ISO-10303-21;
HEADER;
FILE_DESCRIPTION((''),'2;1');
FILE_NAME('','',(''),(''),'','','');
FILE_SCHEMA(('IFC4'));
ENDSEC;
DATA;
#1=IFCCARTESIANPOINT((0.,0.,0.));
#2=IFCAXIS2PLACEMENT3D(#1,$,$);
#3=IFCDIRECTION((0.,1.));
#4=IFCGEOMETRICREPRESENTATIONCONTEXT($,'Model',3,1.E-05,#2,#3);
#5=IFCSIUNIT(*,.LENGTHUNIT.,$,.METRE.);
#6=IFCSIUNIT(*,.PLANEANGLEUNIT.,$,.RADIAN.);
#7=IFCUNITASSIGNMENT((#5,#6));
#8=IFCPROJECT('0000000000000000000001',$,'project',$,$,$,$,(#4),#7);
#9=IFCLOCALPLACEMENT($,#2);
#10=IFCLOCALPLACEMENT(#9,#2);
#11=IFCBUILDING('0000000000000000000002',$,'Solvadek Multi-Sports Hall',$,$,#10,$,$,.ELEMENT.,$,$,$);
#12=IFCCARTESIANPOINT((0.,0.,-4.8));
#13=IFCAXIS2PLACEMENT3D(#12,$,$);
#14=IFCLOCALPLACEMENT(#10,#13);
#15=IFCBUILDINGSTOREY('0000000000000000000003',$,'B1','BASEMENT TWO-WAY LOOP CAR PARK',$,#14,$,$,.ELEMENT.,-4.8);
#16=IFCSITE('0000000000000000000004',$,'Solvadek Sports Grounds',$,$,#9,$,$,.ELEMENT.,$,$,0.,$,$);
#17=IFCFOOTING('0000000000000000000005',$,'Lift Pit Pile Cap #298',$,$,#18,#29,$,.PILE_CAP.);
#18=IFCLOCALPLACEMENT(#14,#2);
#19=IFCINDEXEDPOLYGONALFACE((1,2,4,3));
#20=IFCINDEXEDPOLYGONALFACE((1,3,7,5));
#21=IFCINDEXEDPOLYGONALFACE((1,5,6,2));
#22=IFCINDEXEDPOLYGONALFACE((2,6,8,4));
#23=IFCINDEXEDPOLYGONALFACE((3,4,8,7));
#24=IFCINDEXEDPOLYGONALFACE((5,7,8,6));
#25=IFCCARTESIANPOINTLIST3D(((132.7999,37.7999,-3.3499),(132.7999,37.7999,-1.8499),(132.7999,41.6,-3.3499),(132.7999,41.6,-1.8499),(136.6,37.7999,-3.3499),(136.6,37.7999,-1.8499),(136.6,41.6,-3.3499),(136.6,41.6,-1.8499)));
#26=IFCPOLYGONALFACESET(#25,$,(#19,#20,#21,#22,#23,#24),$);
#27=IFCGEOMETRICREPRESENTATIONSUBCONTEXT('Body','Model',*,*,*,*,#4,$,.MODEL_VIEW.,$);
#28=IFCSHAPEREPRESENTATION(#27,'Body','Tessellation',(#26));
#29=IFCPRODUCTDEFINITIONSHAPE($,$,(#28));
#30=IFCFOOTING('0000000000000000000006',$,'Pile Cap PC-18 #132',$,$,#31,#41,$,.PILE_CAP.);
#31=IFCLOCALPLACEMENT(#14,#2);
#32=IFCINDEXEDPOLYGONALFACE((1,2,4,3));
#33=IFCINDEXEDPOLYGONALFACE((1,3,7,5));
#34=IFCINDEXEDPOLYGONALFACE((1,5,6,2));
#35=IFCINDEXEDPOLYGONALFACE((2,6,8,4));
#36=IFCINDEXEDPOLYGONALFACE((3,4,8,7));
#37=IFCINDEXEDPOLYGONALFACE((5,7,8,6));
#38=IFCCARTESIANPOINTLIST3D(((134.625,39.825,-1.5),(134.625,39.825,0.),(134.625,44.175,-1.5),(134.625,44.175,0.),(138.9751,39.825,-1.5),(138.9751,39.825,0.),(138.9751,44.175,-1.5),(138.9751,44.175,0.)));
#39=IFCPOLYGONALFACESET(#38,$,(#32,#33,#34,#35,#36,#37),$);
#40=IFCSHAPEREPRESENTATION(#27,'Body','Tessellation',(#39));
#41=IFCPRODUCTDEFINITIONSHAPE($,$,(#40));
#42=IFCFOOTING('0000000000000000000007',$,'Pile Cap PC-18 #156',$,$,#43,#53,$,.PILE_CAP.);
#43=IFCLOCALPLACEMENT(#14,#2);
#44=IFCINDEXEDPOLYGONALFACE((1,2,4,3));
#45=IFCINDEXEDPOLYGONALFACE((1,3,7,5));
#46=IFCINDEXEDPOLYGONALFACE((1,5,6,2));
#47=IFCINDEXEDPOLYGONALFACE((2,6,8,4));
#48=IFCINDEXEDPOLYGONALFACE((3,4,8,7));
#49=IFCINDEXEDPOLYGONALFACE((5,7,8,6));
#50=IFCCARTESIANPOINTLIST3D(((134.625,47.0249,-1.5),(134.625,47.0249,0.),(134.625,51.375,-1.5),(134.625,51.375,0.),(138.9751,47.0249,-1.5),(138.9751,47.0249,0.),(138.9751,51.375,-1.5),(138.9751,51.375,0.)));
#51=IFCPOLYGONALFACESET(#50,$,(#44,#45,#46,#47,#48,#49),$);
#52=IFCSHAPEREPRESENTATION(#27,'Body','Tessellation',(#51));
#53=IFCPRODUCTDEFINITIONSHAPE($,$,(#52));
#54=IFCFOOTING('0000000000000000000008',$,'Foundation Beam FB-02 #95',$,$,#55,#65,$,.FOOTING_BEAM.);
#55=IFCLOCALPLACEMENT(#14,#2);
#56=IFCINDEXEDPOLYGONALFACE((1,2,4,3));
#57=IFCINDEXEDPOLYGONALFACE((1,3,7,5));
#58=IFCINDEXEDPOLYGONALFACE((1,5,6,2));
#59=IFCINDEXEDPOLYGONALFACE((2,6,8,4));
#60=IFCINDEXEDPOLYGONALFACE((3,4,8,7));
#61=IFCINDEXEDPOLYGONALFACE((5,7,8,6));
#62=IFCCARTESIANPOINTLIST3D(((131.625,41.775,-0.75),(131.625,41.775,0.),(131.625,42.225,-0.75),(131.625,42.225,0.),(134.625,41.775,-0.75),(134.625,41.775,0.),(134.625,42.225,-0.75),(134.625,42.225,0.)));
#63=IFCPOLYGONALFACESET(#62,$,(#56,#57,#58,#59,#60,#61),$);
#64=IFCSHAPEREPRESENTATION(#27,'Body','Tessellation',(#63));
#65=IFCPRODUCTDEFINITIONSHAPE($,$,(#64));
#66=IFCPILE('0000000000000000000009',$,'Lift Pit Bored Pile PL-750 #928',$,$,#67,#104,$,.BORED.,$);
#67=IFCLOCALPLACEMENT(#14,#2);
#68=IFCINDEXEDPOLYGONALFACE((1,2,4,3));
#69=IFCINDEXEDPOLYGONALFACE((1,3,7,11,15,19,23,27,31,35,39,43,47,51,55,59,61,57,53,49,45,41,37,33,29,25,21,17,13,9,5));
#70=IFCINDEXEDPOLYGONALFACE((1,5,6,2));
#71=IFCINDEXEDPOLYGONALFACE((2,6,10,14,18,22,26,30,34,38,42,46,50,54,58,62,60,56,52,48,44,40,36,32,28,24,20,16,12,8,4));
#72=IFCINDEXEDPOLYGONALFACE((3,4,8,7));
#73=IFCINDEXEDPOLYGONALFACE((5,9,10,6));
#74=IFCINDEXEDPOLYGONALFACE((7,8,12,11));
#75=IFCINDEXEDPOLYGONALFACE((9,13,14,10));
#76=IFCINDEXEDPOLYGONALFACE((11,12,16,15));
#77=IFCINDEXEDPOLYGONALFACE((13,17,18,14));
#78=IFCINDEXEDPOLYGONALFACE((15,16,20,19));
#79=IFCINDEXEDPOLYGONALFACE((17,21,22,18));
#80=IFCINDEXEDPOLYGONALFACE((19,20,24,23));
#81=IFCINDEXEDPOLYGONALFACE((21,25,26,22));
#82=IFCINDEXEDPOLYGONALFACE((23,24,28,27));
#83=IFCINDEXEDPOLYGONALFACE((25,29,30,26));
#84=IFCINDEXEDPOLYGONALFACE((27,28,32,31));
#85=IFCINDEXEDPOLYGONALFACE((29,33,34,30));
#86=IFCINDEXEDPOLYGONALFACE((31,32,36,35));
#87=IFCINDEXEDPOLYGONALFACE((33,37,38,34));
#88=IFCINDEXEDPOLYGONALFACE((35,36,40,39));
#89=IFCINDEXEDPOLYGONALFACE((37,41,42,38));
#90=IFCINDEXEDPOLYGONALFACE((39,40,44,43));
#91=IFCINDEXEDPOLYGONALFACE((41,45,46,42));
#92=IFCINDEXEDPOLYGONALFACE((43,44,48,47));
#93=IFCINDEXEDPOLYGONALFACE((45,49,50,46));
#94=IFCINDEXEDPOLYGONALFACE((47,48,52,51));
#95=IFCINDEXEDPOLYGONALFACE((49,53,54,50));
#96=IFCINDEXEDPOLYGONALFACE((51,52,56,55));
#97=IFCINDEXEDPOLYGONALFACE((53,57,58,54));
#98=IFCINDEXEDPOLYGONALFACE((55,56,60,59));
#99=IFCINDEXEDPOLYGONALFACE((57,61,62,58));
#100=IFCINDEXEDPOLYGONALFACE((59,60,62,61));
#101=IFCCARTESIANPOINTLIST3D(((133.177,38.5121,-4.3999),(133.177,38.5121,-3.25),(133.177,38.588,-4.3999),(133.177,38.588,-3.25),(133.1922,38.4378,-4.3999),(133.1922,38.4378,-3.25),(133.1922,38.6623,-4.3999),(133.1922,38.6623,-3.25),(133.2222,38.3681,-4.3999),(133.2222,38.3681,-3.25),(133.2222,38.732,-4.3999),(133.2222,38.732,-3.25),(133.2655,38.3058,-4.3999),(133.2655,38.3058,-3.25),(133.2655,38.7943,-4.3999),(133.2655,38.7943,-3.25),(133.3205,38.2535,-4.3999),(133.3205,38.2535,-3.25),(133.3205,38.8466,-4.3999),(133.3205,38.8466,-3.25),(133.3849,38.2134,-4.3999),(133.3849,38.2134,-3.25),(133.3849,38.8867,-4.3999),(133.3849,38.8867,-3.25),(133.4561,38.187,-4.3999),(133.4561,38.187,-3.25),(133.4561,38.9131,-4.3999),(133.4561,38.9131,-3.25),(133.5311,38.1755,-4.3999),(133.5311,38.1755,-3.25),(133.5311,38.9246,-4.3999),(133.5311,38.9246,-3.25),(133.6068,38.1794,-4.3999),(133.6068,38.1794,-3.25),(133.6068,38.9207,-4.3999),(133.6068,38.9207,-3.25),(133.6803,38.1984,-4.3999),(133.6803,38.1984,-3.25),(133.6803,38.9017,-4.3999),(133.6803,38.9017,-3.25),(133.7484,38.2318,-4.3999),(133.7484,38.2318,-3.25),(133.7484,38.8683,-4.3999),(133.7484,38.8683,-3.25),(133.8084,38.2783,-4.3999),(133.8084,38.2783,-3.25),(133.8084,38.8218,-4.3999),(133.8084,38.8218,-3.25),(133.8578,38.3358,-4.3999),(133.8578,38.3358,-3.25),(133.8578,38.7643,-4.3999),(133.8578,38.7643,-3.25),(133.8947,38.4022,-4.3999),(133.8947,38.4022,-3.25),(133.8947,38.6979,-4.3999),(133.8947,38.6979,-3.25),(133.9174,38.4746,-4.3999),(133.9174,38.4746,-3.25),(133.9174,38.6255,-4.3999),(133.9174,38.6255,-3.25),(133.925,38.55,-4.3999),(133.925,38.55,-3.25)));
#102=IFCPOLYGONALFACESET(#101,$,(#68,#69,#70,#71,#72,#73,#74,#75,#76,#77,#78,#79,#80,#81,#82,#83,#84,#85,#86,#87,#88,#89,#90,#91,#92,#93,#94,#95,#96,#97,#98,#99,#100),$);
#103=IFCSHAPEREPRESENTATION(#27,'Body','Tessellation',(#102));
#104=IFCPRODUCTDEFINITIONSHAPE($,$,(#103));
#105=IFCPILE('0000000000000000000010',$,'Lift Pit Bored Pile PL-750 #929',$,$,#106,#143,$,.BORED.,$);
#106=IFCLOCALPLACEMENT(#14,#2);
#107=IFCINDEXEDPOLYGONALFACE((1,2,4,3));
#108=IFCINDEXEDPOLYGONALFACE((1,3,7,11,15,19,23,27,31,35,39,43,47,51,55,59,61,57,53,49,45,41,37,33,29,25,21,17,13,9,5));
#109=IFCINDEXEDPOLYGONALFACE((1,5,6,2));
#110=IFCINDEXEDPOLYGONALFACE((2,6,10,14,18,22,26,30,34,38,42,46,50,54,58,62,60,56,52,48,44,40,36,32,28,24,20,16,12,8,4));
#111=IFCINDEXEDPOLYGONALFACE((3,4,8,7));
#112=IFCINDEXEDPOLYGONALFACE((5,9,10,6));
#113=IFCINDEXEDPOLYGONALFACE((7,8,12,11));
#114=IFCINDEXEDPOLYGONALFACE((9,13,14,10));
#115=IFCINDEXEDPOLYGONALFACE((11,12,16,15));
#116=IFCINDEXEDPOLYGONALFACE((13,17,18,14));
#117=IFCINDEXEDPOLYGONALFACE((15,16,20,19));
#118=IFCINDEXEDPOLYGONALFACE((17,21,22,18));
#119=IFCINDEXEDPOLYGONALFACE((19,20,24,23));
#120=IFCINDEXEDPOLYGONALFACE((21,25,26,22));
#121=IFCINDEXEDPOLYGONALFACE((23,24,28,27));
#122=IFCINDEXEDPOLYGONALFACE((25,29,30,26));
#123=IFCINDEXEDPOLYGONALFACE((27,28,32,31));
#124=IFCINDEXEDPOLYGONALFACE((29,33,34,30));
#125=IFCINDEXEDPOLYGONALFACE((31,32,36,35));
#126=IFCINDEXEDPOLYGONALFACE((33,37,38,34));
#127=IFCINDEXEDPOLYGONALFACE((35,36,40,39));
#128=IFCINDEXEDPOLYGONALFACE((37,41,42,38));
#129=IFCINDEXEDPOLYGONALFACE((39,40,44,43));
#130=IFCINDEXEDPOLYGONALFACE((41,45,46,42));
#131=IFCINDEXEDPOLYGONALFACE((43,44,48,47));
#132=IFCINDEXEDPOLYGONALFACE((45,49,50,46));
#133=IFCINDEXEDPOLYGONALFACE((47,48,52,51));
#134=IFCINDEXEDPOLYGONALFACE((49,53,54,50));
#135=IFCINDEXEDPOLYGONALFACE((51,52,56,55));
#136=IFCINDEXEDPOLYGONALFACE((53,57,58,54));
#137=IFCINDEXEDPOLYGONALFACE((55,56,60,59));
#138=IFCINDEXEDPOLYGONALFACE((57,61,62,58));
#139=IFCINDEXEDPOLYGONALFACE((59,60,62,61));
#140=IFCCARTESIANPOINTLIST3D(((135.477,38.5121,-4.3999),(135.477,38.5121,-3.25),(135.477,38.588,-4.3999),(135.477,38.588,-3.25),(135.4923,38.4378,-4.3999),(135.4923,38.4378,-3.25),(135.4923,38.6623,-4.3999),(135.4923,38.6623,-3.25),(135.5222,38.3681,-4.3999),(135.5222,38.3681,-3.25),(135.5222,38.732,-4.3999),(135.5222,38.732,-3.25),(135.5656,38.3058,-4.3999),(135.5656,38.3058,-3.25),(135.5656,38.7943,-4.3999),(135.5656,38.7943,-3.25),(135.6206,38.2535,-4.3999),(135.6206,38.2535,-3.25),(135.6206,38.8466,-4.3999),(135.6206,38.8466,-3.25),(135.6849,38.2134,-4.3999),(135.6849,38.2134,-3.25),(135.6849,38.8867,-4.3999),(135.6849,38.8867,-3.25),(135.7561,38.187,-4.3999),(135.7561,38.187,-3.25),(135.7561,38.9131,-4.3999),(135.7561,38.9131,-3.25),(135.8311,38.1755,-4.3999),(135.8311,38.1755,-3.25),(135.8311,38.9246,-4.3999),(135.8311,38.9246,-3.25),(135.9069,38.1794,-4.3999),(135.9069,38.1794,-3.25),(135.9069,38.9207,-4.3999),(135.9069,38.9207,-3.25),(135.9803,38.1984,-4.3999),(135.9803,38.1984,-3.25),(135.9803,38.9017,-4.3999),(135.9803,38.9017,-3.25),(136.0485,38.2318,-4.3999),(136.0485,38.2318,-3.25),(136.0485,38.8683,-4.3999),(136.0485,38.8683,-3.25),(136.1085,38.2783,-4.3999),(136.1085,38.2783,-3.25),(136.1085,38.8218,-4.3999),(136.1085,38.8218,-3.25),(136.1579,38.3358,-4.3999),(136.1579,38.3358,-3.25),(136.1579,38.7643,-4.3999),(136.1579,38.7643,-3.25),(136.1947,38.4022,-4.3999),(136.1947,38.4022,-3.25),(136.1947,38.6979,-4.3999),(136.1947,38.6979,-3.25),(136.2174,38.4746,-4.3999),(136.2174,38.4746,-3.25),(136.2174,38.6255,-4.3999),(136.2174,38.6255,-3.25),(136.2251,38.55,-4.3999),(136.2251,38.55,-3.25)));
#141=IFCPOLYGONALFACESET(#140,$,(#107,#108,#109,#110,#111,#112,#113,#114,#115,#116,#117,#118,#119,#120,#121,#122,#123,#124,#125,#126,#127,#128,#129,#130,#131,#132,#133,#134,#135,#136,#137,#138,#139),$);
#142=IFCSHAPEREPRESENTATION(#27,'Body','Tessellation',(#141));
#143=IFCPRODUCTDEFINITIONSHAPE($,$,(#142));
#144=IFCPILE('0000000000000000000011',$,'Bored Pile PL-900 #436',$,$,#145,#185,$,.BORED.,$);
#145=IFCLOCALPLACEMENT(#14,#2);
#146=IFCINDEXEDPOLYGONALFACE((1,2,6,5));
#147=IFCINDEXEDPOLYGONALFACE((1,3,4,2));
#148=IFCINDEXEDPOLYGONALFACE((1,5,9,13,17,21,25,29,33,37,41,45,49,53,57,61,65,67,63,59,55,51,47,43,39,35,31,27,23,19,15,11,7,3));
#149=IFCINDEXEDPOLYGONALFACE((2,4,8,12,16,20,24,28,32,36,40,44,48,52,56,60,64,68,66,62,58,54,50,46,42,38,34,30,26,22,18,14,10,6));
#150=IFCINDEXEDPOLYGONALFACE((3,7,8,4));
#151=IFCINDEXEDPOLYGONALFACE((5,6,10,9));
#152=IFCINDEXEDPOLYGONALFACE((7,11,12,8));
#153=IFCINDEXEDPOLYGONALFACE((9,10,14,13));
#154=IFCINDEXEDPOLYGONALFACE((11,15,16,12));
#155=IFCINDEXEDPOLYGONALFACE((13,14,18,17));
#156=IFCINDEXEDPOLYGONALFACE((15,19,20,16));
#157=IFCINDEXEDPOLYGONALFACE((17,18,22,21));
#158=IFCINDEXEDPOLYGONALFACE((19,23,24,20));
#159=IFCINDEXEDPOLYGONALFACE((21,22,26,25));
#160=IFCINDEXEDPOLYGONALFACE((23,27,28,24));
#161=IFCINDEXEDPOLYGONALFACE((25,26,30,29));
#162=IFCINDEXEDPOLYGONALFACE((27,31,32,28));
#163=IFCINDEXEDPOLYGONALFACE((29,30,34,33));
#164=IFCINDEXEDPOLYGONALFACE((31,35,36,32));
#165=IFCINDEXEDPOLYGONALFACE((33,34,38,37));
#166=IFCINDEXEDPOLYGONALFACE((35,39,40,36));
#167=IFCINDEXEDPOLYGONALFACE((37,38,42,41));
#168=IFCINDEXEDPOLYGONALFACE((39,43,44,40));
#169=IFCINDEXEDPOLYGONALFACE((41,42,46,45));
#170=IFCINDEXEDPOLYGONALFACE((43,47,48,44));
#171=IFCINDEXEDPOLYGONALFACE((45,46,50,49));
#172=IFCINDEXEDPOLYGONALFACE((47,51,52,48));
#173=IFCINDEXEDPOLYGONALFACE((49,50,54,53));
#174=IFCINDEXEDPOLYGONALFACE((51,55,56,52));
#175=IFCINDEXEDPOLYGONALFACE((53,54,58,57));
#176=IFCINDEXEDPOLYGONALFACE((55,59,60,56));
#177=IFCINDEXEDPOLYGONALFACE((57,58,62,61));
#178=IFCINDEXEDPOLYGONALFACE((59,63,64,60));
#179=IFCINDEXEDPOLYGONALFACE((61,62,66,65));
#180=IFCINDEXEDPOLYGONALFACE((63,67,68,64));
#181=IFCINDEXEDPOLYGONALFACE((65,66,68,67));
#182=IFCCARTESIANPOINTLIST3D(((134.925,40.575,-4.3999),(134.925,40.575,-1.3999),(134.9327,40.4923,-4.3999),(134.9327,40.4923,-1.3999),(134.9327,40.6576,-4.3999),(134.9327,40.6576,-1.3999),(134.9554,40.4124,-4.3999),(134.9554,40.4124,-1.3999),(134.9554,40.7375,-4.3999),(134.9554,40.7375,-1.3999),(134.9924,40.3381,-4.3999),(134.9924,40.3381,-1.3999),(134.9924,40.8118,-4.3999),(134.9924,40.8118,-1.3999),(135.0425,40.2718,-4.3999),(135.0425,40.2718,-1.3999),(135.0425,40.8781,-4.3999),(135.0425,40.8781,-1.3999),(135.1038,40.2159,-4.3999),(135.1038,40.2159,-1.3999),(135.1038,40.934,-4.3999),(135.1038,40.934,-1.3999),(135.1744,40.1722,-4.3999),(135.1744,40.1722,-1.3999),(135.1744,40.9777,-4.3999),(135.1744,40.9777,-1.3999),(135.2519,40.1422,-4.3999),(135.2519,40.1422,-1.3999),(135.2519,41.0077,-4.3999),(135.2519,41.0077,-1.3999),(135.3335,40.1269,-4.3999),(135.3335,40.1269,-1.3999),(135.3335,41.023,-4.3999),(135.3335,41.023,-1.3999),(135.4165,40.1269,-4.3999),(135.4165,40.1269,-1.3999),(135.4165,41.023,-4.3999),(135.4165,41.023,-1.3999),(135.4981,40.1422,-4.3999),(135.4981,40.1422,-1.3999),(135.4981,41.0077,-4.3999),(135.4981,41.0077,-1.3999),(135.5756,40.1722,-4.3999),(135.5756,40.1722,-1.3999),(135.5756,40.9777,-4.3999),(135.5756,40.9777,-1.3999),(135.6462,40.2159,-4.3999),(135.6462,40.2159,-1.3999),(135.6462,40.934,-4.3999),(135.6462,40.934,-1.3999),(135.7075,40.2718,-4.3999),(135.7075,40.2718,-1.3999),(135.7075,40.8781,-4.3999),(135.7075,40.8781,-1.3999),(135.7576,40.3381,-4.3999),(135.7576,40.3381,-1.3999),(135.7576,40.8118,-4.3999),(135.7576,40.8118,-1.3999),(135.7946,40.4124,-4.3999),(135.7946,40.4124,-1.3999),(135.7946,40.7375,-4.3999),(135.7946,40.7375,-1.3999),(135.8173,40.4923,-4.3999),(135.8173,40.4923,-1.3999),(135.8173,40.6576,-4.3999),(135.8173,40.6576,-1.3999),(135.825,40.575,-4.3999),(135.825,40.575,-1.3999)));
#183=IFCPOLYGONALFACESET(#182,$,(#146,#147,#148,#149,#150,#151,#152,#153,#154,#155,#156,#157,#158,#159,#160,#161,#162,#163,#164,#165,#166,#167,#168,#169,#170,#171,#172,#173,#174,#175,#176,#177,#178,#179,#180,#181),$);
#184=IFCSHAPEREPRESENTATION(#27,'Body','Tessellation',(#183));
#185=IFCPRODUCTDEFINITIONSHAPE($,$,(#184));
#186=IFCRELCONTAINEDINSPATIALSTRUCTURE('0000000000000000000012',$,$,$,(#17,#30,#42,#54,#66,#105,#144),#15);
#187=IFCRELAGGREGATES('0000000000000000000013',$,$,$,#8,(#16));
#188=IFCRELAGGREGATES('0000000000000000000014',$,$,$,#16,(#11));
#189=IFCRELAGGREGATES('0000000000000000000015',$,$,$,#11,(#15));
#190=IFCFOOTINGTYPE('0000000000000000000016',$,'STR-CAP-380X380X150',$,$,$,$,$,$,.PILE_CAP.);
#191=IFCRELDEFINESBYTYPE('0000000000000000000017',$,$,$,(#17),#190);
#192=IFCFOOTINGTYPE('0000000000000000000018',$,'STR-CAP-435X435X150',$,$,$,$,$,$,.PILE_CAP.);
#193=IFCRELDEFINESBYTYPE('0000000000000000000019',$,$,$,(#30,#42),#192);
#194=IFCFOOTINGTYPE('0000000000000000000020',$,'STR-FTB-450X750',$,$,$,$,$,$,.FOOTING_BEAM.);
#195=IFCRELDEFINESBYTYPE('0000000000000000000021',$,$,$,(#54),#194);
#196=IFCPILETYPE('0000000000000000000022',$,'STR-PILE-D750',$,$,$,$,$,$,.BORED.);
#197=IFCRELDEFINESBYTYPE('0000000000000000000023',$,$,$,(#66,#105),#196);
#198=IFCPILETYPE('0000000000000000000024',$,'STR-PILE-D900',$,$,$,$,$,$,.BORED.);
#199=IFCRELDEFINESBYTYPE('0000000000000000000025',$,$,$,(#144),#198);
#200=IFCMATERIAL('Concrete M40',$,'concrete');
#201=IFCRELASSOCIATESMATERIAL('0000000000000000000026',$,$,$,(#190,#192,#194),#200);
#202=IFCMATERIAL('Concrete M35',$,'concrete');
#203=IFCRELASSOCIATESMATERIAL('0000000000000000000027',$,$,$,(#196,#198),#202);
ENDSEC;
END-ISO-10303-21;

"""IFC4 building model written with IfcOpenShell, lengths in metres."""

from ifc_helpers import new_model, si_unit, direction, frame, origin, origin_2d, place, context, subcontext, project, spatial, rectangle, circle, extrude, material, material_profile, profile_set, type_object, element, save


model = new_model("IFC4")

# Units and contexts
model_context = context("Model", 3, precision=1e-05, world=origin(), true_north=direction((0.0, 1.0)))
body_context = subcontext(model_context, "Body", "Model", "MODEL_VIEW")
ifc_project = project(units=[si_unit("LENGTHUNIT", "METRE"), si_unit("PLANEANGLEUNIT", "RADIAN")], contexts=[model_context])

# Site, building, storey
site_placement = place(None, origin())
site = spatial("IfcSite", under=ifc_project, at=site_placement, Name="Solvadek Sports Grounds", CompositionType="ELEMENT", RefElevation=0.0)
building_placement = place(site_placement, origin())
building = spatial("IfcBuilding", under=site, at=building_placement, Name="Solvadek Multi-Sports Hall", CompositionType="ELEMENT")
storey_placement = place(building_placement, frame((0.0, 0.0, -4.8)))
storey = spatial("IfcBuildingStorey", under=building, at=storey_placement, Name="B1", Description="BASEMENT TWO-WAY LOOP CAR PARK", CompositionType="ELEMENT", Elevation=-4.8)

# Footings
ifc_material_1 = material(Name="Concrete M40", Category="concrete")
footing_type_1 = type_object("IfcFootingType", Name="STR-CAP-380X380X150", PredefinedType="PILE_CAP", material=ifc_material_1)
footing_1_placement = place(storey_placement, frame((134.7, 39.7, -3.3499), z_axis=(0.0, 0.0, 1.0), x_axis=(1.0, 0.0, 0.0)))
element("IfcFooting", 1, at=footing_1_placement, inside=storey, type_object=footing_type_1, Name="Lift Pit Pile Cap #298", PredefinedType="PILE_CAP", context=body_context, shape_type="SweptSolid", body=[
    extrude(rectangle(XDim=3.8, YDim=3.8, at=origin_2d()), origin(), (0.0, 0.0, 1.0), 1.5),
])
footing_type_2 = type_object("IfcFootingType", Name="STR-CAP-435X435X150", PredefinedType="PILE_CAP", material=ifc_material_1)
for number, where, z_axis, x_axis, name in (
    (2, (136.8, 42.0, -1.5), (0.0, 0.0, 1.0), (1.0, 0.0, 0.0), "Pile Cap PC-18 #132"),
    (3, (136.8, 49.2, -1.5), (0.0, 0.0, 1.0), (1.0, 0.0, 0.0), "Pile Cap PC-18 #156"),
):
    element("IfcFooting", number, at=place(storey_placement, frame(where, z_axis=z_axis, x_axis=x_axis)), inside=storey, type_object=footing_type_2, Name=name, PredefinedType="PILE_CAP", context=body_context, shape_type="SweptSolid", body=[
        extrude(rectangle(XDim=4.3501, YDim=4.3501, at=origin_2d()), origin(), (0.0, 0.0, 1.0), 1.5),
    ])
footing_type_3 = type_object("IfcFootingType", Name="STR-FTB-450X750", PredefinedType="FOOTING_BEAM", material=ifc_material_1)
footing_2_placement = place(storey_placement, frame((133.125, 42.0, -0.75), z_axis=(0.0, 0.0, 1.0), x_axis=(1.0, 0.0, 0.0)))
element("IfcFooting", 4, at=footing_2_placement, inside=storey, type_object=footing_type_3, Name="Foundation Beam FB-02 #95", PredefinedType="FOOTING_BEAM", context=body_context, shape_type="SweptSolid", body=[
    extrude(rectangle(XDim=3.0, YDim=0.45, at=origin_2d()), origin(), (0.0, 0.0, 1.0), 0.75),
])

# Piles
ifc_material_2 = material(Name="Concrete M35", Category="concrete")
ifc_material_profile_1 = material_profile(ifc_material_2, circle(Radius=0.375, at=origin_2d()), Name="BORED PILE D750")
ifc_profile_set_1 = profile_set([ifc_material_profile_1], Name="Concrete M35")
pile_type_1 = type_object("IfcPileType", Name="STR-PILE-D750", PredefinedType="BORED", material=ifc_profile_set_1)
for number, where, z_axis, x_axis, name in (
    (5, (133.55, 38.55, -3.25), (0.0, 0.0, -1.0), (1.0, 0.0, 0.0), "Lift Pit Bored Pile PL-750 #928"),
    (6, (135.8501, 38.55, -3.25), (0.0, 0.0, -1.0), (1.0, 0.0, 0.0), "Lift Pit Bored Pile PL-750 #929"),
):
    element("IfcPile", number, at=place(storey_placement, frame(where, z_axis=z_axis, x_axis=x_axis)), inside=storey, type_object=pile_type_1, Name=name, PredefinedType="BORED", context=body_context, shape_type="SweptSolid", body=[
        extrude(circle(Radius=0.375, at=origin_2d()), origin(), (0.0, 0.0, 1.0), 1.1499),
    ])
ifc_material_profile_2 = material_profile(ifc_material_2, circle(Radius=0.45, at=origin_2d()), Name="BORED PILE D900")
ifc_profile_set_2 = profile_set([ifc_material_profile_2], Name="Concrete M35")
pile_type_2 = type_object("IfcPileType", Name="STR-PILE-D900", PredefinedType="BORED", material=ifc_profile_set_2)
for number, where, z_axis, x_axis, name in (
    (7, (135.375, 40.575, -1.3999), (0.0, 0.0, -1.0), (1.0, 0.0, 0.0), "Bored Pile PL-900 #436"),
):
    element("IfcPile", number, at=place(storey_placement, frame(where, z_axis=z_axis, x_axis=x_axis)), inside=storey, type_object=pile_type_2, Name=name, PredefinedType="BORED", context=body_context, shape_type="SweptSolid", body=[
        extrude(circle(Radius=0.45, at=origin_2d()), origin(), (0.0, 0.0, 1.0), 3.0),
    ])

save(model, "model.ifc")
